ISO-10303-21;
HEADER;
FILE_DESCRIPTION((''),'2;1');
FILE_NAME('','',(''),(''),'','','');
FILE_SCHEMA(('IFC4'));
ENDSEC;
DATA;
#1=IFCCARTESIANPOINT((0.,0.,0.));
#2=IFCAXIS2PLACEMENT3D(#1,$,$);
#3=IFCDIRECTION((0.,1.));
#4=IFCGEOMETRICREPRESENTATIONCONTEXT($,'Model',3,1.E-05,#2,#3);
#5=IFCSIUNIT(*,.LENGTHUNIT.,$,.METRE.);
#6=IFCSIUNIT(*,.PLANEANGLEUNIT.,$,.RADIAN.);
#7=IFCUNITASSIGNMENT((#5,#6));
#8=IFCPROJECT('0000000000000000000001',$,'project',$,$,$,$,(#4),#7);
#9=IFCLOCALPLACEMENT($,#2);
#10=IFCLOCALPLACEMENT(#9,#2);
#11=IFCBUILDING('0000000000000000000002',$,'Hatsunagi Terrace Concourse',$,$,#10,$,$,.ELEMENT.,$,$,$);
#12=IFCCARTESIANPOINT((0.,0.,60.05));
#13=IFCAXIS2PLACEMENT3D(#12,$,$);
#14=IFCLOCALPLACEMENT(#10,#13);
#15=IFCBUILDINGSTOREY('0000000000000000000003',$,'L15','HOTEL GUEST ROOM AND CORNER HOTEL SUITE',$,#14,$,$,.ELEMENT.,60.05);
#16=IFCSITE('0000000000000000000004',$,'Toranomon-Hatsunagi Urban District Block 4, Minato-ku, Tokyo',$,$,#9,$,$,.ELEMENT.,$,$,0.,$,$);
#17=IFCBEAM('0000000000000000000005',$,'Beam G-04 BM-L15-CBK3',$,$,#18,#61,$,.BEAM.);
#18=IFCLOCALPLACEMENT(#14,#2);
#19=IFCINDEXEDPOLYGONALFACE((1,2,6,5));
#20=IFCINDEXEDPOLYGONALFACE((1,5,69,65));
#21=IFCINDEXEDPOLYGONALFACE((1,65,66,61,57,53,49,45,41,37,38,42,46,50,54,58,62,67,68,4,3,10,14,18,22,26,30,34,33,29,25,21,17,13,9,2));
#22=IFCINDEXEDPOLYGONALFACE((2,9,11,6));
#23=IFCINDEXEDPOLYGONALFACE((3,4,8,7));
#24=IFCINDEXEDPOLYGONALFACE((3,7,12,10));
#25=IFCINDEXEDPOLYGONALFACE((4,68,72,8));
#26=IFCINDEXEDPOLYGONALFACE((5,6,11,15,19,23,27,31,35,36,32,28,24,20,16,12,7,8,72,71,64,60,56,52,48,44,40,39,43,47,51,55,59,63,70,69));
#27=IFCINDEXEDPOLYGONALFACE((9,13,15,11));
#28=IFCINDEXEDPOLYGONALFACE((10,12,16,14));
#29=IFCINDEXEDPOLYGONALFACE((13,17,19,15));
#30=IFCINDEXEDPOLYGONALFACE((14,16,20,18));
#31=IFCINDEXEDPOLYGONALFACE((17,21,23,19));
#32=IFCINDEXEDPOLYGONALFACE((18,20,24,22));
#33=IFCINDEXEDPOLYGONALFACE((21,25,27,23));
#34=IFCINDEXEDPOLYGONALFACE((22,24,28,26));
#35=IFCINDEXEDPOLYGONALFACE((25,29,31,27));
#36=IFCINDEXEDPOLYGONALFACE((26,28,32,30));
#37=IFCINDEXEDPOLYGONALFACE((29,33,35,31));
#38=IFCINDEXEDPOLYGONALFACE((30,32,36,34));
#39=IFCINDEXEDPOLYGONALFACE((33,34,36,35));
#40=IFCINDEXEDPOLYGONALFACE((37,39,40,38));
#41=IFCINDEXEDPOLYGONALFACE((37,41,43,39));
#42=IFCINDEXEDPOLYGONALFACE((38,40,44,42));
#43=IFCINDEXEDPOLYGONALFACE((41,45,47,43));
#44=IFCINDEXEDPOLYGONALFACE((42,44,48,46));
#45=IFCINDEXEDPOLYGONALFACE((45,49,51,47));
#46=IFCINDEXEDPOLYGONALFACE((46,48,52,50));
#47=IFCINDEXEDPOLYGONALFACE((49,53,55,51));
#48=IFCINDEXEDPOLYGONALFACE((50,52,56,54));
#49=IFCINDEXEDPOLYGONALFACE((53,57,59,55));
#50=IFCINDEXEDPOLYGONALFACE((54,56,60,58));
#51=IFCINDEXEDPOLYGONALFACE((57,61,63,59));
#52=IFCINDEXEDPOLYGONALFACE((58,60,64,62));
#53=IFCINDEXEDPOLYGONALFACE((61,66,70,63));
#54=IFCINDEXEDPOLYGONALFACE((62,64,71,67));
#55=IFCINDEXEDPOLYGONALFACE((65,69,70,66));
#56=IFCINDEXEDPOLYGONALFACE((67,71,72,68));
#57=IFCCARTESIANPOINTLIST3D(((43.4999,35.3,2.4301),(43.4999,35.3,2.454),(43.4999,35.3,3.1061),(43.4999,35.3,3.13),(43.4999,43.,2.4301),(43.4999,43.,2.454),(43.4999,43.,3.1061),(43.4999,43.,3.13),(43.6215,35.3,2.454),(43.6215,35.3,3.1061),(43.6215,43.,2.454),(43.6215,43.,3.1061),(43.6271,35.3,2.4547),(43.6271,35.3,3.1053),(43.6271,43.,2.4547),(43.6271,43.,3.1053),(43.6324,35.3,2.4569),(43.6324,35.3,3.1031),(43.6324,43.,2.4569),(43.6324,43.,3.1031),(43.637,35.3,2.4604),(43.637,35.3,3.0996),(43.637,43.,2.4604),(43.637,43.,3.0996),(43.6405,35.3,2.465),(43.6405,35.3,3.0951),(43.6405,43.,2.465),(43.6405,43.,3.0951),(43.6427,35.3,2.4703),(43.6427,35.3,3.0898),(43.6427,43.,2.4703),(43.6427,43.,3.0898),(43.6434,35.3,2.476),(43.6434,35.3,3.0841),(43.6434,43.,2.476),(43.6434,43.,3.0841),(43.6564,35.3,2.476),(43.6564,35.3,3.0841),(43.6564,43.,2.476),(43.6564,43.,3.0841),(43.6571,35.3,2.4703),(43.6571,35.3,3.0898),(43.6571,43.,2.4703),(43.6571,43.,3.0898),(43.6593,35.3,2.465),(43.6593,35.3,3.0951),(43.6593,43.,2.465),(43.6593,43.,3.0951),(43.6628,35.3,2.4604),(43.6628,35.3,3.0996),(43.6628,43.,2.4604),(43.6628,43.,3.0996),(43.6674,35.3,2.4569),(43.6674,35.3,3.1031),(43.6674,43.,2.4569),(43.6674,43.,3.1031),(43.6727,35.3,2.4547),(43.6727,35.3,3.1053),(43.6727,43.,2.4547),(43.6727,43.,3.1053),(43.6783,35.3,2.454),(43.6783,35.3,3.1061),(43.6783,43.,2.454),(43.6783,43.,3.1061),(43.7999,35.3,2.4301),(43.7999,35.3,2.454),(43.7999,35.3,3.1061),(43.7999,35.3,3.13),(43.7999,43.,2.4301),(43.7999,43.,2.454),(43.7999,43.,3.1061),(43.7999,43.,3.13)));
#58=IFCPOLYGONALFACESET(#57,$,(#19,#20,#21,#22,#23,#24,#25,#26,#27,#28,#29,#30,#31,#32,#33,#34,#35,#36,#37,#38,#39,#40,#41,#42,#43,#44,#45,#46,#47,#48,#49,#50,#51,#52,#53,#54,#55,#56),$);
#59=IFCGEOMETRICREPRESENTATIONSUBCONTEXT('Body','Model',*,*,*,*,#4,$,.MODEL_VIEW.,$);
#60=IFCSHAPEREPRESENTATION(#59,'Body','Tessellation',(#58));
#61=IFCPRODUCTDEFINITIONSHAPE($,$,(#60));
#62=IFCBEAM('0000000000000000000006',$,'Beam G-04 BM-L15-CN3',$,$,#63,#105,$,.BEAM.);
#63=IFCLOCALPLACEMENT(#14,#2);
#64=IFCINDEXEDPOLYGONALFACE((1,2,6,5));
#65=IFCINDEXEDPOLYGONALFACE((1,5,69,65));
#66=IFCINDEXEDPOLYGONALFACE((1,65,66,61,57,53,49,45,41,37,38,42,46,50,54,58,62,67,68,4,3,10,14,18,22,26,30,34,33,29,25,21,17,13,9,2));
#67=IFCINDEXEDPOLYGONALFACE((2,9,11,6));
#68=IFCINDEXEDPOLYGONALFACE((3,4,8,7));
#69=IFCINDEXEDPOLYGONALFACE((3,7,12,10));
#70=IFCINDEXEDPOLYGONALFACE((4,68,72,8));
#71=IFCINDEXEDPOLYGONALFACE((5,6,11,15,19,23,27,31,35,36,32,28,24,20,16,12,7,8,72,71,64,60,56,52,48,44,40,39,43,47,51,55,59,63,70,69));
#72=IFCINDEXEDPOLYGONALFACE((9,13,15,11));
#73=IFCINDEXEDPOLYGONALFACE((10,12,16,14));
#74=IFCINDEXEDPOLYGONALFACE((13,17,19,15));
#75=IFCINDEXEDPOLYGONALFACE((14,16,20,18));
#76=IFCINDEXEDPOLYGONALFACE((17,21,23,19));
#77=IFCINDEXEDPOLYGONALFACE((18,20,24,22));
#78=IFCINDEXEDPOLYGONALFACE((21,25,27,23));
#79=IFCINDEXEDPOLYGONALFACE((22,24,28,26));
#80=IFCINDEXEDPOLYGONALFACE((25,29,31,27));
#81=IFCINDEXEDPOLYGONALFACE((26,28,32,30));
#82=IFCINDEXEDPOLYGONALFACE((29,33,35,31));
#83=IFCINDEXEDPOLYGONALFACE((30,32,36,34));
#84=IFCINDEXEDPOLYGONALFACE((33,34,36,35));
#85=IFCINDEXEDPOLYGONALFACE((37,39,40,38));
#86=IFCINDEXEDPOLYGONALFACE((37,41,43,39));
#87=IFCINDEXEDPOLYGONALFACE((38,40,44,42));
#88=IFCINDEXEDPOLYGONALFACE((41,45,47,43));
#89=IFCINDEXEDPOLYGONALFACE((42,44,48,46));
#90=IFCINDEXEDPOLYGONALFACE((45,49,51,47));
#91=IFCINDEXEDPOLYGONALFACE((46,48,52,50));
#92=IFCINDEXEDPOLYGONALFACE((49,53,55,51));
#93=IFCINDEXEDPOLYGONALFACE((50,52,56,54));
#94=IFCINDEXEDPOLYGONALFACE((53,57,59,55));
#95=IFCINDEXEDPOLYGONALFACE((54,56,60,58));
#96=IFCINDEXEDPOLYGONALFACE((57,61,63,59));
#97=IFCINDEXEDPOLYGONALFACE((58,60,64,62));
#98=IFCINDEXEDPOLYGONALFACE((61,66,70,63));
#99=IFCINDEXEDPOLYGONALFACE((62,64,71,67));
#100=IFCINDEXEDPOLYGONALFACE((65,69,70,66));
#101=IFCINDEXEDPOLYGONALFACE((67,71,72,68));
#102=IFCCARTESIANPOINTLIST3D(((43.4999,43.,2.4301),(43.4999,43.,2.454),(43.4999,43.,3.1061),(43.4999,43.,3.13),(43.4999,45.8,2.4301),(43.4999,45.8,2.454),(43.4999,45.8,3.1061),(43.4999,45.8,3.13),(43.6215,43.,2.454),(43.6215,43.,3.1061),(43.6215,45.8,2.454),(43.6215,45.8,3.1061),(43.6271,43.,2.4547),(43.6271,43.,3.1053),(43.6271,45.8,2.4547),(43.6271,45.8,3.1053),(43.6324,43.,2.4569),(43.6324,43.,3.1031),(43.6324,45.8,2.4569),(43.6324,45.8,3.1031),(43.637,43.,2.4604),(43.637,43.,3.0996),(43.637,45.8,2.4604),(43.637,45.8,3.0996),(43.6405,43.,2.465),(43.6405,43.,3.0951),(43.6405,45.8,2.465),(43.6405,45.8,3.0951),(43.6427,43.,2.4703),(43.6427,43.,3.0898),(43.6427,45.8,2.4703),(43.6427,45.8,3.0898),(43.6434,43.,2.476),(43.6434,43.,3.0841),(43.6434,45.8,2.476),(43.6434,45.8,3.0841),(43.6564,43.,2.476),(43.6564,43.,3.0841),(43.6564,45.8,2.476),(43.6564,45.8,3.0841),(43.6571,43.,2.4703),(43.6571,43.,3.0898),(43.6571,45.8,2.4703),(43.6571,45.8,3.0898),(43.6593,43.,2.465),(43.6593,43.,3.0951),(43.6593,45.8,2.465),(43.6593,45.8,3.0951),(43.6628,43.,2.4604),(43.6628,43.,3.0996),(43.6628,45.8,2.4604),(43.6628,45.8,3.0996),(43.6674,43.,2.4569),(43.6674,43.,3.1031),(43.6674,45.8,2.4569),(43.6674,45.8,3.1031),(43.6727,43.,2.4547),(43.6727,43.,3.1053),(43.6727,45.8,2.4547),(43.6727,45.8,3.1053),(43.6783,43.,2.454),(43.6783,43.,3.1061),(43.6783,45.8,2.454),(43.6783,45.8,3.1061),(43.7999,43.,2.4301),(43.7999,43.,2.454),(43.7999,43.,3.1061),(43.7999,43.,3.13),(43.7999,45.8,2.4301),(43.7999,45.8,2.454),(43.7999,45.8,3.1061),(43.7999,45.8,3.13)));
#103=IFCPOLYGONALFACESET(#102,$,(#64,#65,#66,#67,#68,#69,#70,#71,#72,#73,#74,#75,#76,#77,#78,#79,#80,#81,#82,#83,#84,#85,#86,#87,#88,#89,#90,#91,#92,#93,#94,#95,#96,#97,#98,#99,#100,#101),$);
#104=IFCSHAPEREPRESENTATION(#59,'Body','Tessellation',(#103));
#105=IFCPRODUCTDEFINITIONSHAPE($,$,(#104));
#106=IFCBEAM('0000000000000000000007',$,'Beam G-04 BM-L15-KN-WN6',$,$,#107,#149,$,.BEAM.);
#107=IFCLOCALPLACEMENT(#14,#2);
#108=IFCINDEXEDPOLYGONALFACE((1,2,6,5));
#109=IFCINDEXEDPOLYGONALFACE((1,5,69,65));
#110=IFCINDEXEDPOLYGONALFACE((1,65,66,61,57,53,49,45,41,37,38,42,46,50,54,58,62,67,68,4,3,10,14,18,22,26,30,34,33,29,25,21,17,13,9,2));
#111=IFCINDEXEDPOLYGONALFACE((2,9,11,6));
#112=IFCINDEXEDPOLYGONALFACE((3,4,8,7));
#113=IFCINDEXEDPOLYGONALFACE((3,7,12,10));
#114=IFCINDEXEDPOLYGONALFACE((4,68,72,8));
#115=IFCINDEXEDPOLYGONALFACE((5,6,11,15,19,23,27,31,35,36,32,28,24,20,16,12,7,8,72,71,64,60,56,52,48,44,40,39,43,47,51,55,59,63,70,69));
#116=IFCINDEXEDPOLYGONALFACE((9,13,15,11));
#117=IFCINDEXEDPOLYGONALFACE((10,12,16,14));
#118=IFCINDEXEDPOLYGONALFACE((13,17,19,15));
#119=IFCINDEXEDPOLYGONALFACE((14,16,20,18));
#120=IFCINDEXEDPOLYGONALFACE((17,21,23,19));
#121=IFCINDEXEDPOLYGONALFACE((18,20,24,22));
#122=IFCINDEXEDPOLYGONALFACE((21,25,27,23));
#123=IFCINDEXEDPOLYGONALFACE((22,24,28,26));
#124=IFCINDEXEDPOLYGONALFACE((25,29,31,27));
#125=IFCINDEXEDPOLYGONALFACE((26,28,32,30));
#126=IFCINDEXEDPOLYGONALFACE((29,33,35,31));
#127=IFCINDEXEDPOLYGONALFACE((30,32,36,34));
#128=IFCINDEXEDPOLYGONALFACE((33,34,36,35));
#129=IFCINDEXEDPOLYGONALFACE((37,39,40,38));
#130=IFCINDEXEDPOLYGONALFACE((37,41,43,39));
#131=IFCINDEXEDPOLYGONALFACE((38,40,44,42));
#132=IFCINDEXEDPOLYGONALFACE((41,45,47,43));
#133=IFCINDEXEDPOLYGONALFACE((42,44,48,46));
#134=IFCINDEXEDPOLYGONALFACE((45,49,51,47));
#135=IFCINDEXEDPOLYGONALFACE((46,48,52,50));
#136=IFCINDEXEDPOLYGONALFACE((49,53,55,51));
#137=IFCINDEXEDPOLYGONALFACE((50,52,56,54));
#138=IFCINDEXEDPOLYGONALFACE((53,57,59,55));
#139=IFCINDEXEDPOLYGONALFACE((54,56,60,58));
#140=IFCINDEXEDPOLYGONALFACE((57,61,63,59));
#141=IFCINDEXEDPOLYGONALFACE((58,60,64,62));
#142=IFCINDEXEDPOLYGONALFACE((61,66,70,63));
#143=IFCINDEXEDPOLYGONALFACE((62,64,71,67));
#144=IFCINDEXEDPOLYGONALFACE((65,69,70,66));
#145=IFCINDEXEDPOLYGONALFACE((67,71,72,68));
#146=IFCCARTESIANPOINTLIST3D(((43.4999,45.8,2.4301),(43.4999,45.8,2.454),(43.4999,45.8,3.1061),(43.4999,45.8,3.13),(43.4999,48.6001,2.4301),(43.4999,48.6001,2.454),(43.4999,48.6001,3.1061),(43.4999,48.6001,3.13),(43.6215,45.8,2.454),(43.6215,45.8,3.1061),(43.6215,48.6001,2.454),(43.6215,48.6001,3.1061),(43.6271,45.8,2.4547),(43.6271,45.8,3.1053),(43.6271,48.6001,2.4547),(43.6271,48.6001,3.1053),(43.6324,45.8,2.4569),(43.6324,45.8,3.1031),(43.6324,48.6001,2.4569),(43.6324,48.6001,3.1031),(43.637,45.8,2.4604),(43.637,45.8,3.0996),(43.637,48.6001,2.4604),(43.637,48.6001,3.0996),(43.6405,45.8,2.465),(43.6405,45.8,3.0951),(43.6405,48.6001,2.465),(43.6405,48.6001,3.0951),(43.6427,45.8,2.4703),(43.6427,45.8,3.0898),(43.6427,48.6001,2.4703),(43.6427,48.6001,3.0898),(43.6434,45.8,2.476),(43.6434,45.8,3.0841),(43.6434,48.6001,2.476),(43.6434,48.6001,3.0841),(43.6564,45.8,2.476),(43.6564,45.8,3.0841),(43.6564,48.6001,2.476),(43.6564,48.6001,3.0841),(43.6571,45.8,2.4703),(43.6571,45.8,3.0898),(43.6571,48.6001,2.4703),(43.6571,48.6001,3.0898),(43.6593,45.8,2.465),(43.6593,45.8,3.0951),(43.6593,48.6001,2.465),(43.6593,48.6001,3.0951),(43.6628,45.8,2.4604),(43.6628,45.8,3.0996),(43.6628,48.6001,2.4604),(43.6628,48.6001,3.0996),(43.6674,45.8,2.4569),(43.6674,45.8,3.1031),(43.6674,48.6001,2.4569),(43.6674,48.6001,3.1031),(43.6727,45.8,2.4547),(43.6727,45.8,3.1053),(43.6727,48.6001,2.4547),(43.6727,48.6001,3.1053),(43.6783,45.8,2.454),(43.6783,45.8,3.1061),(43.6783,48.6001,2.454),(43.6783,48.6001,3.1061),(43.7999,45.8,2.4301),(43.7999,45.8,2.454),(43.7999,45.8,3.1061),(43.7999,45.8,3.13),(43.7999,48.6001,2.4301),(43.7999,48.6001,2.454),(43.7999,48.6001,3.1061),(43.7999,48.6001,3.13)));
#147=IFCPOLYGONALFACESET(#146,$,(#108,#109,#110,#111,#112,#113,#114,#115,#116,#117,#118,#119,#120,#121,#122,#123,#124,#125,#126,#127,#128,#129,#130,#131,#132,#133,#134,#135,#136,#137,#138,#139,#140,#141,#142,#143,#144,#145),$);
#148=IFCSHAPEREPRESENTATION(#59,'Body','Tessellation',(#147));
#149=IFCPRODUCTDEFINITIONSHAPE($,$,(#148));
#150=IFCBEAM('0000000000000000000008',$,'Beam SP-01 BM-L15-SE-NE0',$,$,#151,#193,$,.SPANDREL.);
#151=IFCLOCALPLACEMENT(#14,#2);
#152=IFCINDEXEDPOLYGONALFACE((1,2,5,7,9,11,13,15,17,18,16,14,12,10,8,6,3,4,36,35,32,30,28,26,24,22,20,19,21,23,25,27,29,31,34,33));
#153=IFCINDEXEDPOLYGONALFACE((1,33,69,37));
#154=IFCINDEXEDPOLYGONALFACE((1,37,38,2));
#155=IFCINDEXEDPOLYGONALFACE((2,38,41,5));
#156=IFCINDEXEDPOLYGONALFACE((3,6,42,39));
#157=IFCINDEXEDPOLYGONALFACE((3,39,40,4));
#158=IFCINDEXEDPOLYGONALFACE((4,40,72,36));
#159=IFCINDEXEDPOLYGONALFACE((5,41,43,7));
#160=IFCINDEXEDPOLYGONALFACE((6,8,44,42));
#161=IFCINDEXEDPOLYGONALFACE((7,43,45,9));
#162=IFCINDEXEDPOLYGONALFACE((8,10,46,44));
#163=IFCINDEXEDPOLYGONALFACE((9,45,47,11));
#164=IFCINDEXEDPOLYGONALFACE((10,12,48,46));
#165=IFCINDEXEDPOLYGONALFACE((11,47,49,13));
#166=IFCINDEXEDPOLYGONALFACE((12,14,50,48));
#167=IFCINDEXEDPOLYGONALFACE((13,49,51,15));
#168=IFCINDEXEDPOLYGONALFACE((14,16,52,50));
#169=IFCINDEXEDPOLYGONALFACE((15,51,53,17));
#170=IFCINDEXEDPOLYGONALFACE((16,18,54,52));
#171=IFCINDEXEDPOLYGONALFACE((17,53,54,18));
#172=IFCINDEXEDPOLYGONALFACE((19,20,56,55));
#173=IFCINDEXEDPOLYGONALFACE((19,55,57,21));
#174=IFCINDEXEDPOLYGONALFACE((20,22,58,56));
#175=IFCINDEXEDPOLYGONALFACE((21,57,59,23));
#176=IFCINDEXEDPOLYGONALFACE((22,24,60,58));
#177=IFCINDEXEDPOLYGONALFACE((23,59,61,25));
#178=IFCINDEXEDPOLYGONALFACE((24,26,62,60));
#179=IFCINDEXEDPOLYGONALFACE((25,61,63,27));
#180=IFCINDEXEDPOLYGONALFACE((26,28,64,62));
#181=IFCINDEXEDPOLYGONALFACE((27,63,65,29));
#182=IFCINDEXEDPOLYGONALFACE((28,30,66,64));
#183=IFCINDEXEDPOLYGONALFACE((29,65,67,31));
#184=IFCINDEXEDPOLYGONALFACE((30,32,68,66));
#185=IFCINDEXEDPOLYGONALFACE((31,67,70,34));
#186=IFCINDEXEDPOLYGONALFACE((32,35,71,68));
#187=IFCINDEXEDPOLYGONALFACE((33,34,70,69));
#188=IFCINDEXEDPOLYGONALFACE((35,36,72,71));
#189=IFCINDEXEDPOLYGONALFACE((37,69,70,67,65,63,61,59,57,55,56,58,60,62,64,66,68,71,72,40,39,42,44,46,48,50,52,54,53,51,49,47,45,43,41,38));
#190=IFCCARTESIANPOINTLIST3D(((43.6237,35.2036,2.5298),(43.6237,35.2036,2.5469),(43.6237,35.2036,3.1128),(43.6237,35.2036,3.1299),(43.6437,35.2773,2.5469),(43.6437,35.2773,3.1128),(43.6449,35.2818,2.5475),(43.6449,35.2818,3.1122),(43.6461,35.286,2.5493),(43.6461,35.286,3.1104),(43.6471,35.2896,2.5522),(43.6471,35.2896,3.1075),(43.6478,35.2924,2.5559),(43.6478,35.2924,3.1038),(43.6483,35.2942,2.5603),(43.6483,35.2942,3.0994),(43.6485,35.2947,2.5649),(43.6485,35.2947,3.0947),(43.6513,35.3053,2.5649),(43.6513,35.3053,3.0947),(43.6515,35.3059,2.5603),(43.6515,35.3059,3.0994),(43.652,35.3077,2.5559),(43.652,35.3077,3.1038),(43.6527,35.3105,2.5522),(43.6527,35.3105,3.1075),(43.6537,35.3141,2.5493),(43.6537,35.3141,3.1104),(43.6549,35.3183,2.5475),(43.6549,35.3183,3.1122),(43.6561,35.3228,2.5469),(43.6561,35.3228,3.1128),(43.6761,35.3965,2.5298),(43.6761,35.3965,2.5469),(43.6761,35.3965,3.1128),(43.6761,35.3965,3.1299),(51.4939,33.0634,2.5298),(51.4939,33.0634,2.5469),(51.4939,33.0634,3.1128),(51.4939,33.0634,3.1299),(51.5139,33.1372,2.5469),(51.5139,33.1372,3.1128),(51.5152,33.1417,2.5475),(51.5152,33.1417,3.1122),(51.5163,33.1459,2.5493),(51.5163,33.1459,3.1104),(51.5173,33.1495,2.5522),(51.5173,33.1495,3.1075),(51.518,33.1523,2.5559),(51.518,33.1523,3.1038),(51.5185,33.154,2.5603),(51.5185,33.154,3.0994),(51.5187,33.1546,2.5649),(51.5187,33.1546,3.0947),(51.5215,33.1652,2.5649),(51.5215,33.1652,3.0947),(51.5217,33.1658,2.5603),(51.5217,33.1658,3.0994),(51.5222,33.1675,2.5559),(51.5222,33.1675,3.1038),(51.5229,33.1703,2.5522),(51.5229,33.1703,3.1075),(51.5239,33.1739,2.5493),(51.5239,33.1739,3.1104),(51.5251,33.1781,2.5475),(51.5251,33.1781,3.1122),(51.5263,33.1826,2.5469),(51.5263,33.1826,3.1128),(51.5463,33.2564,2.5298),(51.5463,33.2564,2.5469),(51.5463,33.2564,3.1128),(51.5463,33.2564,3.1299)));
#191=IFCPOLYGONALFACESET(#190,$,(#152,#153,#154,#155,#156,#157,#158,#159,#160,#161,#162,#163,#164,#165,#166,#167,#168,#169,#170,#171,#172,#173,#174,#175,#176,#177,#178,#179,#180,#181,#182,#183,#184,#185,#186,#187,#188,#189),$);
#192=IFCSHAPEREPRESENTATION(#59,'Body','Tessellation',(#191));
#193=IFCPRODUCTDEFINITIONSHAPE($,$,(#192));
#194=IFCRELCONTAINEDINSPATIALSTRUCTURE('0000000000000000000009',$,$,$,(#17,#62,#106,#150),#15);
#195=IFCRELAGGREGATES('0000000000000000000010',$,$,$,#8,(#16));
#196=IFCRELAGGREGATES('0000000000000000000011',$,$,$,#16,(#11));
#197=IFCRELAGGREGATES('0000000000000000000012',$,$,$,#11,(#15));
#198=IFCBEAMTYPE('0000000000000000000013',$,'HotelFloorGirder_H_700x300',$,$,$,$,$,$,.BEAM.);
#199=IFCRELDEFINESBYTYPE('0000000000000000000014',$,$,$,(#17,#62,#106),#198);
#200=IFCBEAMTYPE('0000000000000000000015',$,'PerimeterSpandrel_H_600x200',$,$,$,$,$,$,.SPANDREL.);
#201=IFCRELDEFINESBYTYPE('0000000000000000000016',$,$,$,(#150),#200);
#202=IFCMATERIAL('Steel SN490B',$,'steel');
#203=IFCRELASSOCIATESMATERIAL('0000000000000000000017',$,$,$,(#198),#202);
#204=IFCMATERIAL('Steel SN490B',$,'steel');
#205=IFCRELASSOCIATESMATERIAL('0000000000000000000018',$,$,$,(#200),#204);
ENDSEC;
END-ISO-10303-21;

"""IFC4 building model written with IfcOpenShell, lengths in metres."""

from ifc_helpers import new_model, si_unit, direction, frame, origin, origin_2d, place, context, subcontext, project, spatial, i_section, extrude, material, material_profile, profile_set, type_object, element, save


model = new_model("IFC4")

# Units and contexts
model_context = context("Model", 3, precision=1e-05, world=origin(), true_north=direction((0.0, 1.0)))
body_context = subcontext(model_context, "Body", "Model", "MODEL_VIEW")
ifc_project = project(units=[si_unit("LENGTHUNIT", "METRE"), si_unit("PLANEANGLEUNIT", "RADIAN")], contexts=[model_context])

# Site, building, storey
site_placement = place(None, origin())
site = spatial("IfcSite", under=ifc_project, at=site_placement, Name="Toranomon-Hatsunagi Urban District Block 4, Minato-ku, Tokyo", CompositionType="ELEMENT", RefElevation=0.0)
building_placement = place(site_placement, origin())
building = spatial("IfcBuilding", under=site, at=building_placement, Name="Hatsunagi Terrace Concourse", CompositionType="ELEMENT")
storey_placement = place(building_placement, frame((0.0, 0.0, 60.05)))
storey = spatial("IfcBuildingStorey", under=building, at=storey_placement, Name="L15", Description="HOTEL GUEST ROOM AND CORNER HOTEL SUITE", CompositionType="ELEMENT", Elevation=60.05)

# Beams
ifc_material_1 = material(Name="Steel SN490B", Category="steel")
ifc_material_profile_1 = material_profile(ifc_material_1, i_section(OverallWidth=0.3, OverallDepth=0.7, WebThickness=0.0129, FlangeThickness=0.0239, FilletRadius=0.022, at=origin_2d()), Name="H-700x300x13x24")
ifc_profile_set_1 = profile_set([ifc_material_profile_1], Name="Steel SN490B")
beam_type_1 = type_object("IfcBeamType", Name="HotelFloorGirder_H_700x300", PredefinedType="BEAM", material=ifc_profile_set_1)
beam_1_placement = place(storey_placement, frame((43.6499, 35.3, 2.78), z_axis=(0.0, 1.0, 0.0), x_axis=(-1.0, 0.0, 0.0)))
element("IfcBeam", 1, at=beam_1_placement, inside=storey, type_object=beam_type_1, Name="Beam G-04 BM-L15-CBK3", PredefinedType="BEAM", context=body_context, shape_type="SweptSolid", body=[
    extrude(i_section(OverallWidth=0.3, OverallDepth=0.7, WebThickness=0.0129, FlangeThickness=0.0239, FilletRadius=0.022, at=origin_2d()), origin(), (0.0, 0.0, 1.0), 7.7),
])
for number, where, z_axis, x_axis, name in (
    (2, (43.6499, 43.0, 2.78), (0.0, 1.0, 0.0), (-1.0, 0.0, 0.0), "Beam G-04 BM-L15-CN3"),
    (3, (43.6499, 45.8, 2.78), (0.0, 1.0, 0.0), (-1.0, 0.0, 0.0), "Beam G-04 BM-L15-KN-WN6"),
):
    element("IfcBeam", number, at=place(storey_placement, frame(where, z_axis=z_axis, x_axis=x_axis)), inside=storey, type_object=beam_type_1, Name=name, PredefinedType="BEAM", context=body_context, shape_type="SweptSolid", body=[
        extrude(i_section(OverallWidth=0.3, OverallDepth=0.7, WebThickness=0.0129, FlangeThickness=0.0239, FilletRadius=0.022, at=origin_2d()), origin(), (0.0, 0.0, 1.0), 2.8),
    ])
ifc_material_2 = material(Name="Steel SN490B", Category="steel")
ifc_material_profile_2 = material_profile(ifc_material_2, i_section(OverallWidth=0.2, OverallDepth=0.6001, WebThickness=0.011, FlangeThickness=0.0171, FilletRadius=0.0181, at=origin_2d()), Name="H-600x200x11x17")
ifc_profile_set_2 = profile_set([ifc_material_profile_2], Name="Steel SN490B")
beam_type_2 = type_object("IfcBeamType", Name="PerimeterSpandrel_H_600x200", PredefinedType="SPANDREL", material=ifc_profile_set_2)
beam_2_placement = place(storey_placement, frame((43.6499, 35.3, 2.8298), z_axis=(0.964958, -0.262403, 0.0), x_axis=(0.262403, 0.964958, 0.0)))
element("IfcBeam", 4, at=beam_2_placement, inside=storey, type_object=beam_type_2, Name="Beam SP-01 BM-L15-SE-NE0", PredefinedType="SPANDREL", context=body_context, shape_type="SweptSolid", body=[
    extrude(i_section(OverallWidth=0.2, OverallDepth=0.6001, WebThickness=0.011, FlangeThickness=0.0171, FilletRadius=0.0181, at=origin_2d()), origin(), (0.0, 0.0, 1.0), 8.156),
])

save(model, "model.ifc")
